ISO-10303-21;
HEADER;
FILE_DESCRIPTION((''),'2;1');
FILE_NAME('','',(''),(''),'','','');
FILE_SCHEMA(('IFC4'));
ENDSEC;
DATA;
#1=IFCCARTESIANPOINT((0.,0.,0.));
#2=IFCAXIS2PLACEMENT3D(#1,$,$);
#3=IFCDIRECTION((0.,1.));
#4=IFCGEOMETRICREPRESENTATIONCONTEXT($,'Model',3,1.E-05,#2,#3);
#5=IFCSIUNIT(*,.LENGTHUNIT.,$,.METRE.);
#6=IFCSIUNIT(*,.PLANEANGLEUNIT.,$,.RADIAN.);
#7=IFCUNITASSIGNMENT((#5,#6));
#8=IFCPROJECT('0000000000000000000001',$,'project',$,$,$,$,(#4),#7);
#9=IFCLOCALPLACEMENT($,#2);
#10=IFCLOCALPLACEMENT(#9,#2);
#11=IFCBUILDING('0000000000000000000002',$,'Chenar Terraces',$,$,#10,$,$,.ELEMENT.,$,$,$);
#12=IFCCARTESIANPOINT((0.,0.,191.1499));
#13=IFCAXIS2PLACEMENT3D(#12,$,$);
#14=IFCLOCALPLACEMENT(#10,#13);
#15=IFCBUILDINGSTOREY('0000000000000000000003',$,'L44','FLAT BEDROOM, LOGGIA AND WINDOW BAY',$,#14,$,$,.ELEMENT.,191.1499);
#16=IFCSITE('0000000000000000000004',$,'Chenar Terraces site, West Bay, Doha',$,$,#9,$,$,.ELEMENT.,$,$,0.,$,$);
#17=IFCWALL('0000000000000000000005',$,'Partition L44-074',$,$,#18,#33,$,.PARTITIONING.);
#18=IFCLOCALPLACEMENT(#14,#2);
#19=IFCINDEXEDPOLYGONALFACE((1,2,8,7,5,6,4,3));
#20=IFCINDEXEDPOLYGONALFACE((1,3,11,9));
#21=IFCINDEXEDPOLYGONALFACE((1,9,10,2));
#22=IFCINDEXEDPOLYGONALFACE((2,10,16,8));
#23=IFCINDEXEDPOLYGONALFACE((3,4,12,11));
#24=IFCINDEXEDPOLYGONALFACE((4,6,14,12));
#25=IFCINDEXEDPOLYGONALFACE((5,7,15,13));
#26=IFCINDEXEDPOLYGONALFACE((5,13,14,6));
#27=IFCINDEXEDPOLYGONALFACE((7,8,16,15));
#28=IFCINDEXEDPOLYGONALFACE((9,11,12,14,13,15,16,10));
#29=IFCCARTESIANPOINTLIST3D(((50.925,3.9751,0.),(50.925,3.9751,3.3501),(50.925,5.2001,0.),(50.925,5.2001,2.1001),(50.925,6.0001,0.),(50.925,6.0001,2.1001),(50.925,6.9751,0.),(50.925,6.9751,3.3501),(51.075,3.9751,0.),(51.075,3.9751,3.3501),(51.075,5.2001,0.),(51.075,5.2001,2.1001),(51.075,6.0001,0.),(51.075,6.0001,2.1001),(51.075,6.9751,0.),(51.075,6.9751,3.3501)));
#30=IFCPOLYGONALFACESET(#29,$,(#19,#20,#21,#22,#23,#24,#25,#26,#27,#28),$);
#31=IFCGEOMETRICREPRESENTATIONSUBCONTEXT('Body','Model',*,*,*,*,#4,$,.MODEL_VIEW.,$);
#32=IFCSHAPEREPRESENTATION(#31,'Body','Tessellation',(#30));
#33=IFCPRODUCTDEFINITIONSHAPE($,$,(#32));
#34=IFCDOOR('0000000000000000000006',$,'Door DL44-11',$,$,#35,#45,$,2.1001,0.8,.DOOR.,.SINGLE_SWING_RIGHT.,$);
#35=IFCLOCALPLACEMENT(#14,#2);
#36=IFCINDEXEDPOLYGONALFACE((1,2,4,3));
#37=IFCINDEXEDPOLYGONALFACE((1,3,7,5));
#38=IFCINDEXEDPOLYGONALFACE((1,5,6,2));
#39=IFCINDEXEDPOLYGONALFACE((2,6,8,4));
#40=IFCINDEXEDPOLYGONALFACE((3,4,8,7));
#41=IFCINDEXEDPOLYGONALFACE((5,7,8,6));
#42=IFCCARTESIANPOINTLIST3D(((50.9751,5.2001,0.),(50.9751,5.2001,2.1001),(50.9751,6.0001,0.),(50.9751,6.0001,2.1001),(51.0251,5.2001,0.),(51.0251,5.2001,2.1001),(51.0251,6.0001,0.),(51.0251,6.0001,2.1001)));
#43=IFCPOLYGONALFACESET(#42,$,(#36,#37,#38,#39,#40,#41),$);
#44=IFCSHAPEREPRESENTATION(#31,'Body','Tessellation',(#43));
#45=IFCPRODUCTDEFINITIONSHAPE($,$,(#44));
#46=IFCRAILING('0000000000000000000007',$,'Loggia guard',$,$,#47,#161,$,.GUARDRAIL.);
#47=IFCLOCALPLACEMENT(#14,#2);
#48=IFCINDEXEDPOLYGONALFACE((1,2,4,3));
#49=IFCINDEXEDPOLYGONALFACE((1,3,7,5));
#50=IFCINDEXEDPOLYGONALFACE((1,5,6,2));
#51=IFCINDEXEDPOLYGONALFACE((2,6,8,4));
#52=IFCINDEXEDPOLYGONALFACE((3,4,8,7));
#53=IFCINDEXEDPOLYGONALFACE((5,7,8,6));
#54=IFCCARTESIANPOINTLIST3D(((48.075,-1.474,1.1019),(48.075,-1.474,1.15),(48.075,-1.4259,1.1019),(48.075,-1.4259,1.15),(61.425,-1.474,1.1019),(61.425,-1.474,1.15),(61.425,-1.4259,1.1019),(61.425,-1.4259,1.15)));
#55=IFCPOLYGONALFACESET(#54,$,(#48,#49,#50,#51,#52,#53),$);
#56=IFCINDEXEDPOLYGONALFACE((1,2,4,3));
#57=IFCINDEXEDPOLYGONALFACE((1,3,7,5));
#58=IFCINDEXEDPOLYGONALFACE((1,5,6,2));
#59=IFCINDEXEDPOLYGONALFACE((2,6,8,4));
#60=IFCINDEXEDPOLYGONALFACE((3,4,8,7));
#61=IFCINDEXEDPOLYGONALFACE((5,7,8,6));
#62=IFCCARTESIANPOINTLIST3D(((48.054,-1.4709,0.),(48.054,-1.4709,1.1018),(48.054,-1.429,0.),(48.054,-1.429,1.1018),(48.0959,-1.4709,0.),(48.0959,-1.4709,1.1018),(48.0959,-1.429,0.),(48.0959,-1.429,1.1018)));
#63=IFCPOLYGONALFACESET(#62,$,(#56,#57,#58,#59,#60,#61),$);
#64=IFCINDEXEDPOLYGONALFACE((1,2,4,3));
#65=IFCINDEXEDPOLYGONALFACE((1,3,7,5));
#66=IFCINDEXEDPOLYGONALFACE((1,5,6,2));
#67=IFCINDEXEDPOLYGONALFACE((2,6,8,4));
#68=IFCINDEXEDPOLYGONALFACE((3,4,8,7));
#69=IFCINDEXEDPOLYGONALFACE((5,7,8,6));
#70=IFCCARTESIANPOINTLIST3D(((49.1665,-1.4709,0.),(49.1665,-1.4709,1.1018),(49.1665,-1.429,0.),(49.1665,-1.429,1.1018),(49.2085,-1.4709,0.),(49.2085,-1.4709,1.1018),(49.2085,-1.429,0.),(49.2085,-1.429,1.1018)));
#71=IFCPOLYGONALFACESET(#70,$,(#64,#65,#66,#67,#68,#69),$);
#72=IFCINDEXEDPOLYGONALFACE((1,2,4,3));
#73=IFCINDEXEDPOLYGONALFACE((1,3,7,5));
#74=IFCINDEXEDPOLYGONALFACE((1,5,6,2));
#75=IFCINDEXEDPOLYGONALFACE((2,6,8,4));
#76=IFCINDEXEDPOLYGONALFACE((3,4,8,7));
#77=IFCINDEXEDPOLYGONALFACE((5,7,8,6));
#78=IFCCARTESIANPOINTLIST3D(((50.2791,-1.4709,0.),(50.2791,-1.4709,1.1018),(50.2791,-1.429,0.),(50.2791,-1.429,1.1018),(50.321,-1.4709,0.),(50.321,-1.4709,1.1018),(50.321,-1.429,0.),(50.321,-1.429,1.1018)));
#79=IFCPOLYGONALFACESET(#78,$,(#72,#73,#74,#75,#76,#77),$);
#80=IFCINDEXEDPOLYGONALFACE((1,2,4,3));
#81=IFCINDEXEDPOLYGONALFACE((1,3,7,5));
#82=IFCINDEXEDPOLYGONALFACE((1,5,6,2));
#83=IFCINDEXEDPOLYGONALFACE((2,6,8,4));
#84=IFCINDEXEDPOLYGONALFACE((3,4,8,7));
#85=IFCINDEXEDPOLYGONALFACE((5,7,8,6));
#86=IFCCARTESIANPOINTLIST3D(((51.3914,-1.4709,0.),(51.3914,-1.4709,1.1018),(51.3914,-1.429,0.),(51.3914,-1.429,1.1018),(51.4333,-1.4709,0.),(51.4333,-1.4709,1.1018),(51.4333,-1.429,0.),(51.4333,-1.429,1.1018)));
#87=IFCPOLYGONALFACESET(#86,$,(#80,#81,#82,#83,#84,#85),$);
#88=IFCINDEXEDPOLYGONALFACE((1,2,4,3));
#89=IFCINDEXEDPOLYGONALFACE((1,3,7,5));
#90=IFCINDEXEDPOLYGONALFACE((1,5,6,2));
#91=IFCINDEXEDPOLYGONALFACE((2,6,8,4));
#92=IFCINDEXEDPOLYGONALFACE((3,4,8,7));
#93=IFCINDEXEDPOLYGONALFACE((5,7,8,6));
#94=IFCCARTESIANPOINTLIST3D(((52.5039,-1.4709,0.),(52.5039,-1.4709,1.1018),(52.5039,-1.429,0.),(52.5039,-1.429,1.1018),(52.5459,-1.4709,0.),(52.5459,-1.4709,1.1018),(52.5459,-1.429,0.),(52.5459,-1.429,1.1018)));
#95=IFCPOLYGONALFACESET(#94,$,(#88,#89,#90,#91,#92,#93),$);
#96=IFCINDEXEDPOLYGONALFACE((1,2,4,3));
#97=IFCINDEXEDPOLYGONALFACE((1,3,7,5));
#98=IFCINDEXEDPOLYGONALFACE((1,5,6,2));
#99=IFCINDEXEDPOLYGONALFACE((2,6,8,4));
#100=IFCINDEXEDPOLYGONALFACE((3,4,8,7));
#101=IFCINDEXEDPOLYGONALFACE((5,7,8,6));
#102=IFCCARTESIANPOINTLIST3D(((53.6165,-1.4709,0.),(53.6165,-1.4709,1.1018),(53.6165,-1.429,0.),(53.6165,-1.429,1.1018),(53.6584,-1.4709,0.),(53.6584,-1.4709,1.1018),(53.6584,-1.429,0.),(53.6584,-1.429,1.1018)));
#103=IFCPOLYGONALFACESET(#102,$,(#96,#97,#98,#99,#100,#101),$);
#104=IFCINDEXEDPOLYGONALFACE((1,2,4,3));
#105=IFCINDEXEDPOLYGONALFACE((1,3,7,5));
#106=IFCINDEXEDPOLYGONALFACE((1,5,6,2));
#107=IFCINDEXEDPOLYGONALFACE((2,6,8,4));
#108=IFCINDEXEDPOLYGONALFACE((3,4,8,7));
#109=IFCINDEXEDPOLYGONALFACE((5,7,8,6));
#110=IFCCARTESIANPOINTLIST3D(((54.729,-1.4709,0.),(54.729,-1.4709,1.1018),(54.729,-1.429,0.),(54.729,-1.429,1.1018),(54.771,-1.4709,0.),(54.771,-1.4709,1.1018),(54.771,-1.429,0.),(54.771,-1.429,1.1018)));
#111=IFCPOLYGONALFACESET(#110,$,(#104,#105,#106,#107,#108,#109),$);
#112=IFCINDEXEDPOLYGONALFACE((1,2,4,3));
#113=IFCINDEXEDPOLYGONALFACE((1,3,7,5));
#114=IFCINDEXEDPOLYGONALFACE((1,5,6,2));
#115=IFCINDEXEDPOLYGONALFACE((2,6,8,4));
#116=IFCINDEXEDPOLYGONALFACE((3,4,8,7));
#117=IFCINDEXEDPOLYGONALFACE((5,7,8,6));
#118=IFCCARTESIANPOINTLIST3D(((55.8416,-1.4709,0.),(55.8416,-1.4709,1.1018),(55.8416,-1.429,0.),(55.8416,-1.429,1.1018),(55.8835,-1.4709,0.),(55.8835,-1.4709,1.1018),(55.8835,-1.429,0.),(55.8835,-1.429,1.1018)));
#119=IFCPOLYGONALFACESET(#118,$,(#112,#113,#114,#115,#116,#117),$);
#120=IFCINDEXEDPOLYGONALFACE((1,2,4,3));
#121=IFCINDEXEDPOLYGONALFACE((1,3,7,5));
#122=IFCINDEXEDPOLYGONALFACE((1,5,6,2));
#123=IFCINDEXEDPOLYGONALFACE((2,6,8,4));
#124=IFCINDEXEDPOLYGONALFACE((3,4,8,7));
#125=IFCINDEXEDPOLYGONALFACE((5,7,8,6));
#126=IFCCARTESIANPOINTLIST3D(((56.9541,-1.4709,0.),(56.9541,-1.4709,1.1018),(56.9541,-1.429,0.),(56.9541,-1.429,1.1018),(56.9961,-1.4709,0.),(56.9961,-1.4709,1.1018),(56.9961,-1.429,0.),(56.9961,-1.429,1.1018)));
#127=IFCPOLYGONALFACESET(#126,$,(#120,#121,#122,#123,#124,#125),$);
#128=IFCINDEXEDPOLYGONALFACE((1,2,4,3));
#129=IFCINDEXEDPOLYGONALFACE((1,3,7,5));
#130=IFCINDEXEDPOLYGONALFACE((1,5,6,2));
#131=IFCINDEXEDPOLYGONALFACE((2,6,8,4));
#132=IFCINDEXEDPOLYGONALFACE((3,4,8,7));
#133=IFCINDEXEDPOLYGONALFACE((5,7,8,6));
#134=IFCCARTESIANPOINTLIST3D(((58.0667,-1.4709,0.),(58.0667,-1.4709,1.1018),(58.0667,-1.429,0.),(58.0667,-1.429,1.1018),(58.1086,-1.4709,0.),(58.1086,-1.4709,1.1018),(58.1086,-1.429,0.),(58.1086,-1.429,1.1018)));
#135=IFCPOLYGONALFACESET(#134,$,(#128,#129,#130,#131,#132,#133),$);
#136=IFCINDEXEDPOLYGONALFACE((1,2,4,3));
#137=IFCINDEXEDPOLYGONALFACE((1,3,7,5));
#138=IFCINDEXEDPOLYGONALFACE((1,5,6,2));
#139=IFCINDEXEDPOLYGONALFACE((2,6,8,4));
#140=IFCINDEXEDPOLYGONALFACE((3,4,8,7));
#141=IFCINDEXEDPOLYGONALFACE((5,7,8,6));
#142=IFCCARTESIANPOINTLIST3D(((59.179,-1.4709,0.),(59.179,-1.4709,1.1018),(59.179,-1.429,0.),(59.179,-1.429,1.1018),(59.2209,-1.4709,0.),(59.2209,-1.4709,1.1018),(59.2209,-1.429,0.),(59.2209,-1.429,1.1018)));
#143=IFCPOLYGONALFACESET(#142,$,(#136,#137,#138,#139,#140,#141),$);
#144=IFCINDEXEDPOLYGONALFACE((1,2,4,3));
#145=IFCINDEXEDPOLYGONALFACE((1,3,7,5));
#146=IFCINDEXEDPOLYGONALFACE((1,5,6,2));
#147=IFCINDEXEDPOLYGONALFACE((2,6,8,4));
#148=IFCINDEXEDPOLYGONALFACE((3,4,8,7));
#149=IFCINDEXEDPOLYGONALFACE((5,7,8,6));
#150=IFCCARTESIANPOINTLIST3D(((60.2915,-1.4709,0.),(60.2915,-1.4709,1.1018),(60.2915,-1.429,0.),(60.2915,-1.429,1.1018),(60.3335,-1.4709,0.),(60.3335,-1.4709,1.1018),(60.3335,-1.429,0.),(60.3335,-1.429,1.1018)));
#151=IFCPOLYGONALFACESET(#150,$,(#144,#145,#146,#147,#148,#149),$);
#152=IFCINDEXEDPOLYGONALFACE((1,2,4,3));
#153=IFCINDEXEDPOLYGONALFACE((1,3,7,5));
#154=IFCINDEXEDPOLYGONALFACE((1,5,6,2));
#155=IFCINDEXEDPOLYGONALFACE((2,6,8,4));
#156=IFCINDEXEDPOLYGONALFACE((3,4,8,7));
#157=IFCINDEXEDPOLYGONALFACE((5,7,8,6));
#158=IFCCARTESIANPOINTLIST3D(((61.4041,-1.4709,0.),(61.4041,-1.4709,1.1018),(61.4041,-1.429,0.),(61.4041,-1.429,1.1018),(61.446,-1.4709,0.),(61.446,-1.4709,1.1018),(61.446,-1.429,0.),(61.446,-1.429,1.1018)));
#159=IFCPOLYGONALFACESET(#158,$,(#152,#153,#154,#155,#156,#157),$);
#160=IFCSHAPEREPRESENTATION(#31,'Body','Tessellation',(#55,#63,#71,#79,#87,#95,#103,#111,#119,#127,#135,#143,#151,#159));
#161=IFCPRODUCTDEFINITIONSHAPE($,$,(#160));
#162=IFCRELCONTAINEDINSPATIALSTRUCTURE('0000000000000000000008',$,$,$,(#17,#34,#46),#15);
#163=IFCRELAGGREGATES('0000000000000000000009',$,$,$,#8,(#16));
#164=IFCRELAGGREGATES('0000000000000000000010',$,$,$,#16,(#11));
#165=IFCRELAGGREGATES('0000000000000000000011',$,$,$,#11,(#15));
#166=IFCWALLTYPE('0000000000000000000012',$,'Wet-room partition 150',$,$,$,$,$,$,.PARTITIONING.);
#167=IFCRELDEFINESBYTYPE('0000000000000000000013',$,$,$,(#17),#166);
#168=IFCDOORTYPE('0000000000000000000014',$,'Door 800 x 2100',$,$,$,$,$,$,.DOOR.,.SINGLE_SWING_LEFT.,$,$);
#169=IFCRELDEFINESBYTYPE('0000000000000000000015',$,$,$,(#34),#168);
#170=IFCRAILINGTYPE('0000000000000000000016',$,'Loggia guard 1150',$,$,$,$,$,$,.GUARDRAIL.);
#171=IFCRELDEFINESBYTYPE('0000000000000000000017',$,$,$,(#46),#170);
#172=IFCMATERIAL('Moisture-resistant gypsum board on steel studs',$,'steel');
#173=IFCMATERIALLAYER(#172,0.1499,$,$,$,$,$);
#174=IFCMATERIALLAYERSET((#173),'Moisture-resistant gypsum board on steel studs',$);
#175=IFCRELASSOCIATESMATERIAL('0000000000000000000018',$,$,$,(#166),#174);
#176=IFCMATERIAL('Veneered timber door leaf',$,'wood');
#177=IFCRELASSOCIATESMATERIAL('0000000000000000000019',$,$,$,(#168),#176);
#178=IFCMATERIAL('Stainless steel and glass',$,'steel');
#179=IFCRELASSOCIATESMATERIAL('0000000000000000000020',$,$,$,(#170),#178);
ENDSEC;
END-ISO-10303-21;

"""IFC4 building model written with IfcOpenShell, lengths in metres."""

from ifc_helpers import new_model, si_unit, direction, frame, frame_2d, origin, origin_2d, place, context, subcontext, project, spatial, rectangle, extrude, material, layer, layer_set, type_object, element, fill, save


model = new_model("IFC4")

# Units and contexts
model_context = context("Model", 3, precision=1e-05, world=origin(), true_north=direction((0.0, 1.0)))
body_context = subcontext(model_context, "Body", "Model", "MODEL_VIEW")
ifc_project = project(units=[si_unit("LENGTHUNIT", "METRE"), si_unit("PLANEANGLEUNIT", "RADIAN")], contexts=[model_context])

# Site, building, storey
site_placement = place(None, origin())
site = spatial("IfcSite", under=ifc_project, at=site_placement, Name="Chenar Terraces site, West Bay, Doha", CompositionType="ELEMENT", RefElevation=0.0)
building_placement = place(site_placement, origin())
building = spatial("IfcBuilding", under=site, at=building_placement, Name="Chenar Terraces", CompositionType="ELEMENT")
storey_placement = place(building_placement, frame((0.0, 0.0, 191.1499)))
storey = spatial("IfcBuildingStorey", under=building, at=storey_placement, Name="L44", Description="FLAT BEDROOM, LOGGIA AND WINDOW BAY", CompositionType="ELEMENT", Elevation=191.1499)

# Shared definitions
ifc_material_1 = material(Name="Moisture-resistant gypsum board on steel studs", Category="steel")
ifc_layer_1 = layer(ifc_material_1, 0.1499)
ifc_layer_set_1 = layer_set([ifc_layer_1], Name="Moisture-resistant gypsum board on steel studs")
wall_type_1 = type_object("IfcWallType", Name="Wet-room partition 150", PredefinedType="PARTITIONING", material=ifc_layer_set_1)

# Wall, opening, door
wall_1_placement = place(storey_placement, frame((51.0, 3.9751, 0.0), z_axis=(0.0, 0.0, 1.0), x_axis=(0.0, 1.0, 0.0)))
wall_1 = element("IfcWall", 1, at=wall_1_placement, inside=storey, type_object=wall_type_1, Name="Partition L44-074", PredefinedType="PARTITIONING", context=body_context, shape_type="SweptSolid", body=[
    extrude(rectangle(XDim=3.0, YDim=0.1499, at=frame_2d((1.5, 0.0))), origin(), (0.0, 0.0, 1.0), 3.3501),
])
opening_1_placement = place(wall_1_placement, frame((1.2251, 0.0, 0.0)))
opening_1 = element("IfcOpeningElement", 2, at=opening_1_placement, cuts=wall_1, PredefinedType="OPENING", context=body_context, shape_type="SweptSolid", body=[
    extrude(rectangle(XDim=0.8, YDim=2.1001, at=frame_2d((0.3999, 1.05))), frame((0.0, 0.085, 0.0), z_axis=(0.0, -1.0, 0.0), x_axis=(1.0, 0.0, 0.0)), (0.0, 0.0, 1.0), 0.1699),
])
ifc_material_2 = material(Name="Veneered timber door leaf", Category="wood")
door_type_1 = type_object("IfcDoorType", Name="Door 800 x 2100", OperationType="SINGLE_SWING_LEFT", PredefinedType="DOOR", material=ifc_material_2)
door_1_placement = place(opening_1_placement, origin())
door_1 = element("IfcDoor", 3, at=door_1_placement, inside=storey, type_object=door_type_1, Name="Door DL44-11", OperationType="SINGLE_SWING_RIGHT", OverallHeight=2.1001, OverallWidth=0.8, PredefinedType="DOOR", context=body_context, shape_type="SweptSolid", body=[
    extrude(rectangle(XDim=0.8, YDim=2.1001, at=frame_2d((0.3999, 1.05))), frame((0.0, 0.0249, 0.0), z_axis=(0.0, -1.0, 0.0), x_axis=(1.0, 0.0, 0.0)), (0.0, 0.0, 1.0), 0.05),
])
fill(opening_1, door_1)

# Railing
ifc_material_3 = material(Name="Stainless steel and glass", Category="steel")
railing_type = type_object("IfcRailingType", Name="Loggia guard 1150", PredefinedType="GUARDRAIL", material=ifc_material_3)
railing_placement = place(storey_placement, frame((48.075, -1.45, 0.0)))
element("IfcRailing", 4, at=railing_placement, inside=storey, type_object=railing_type, Name="Loggia guard", PredefinedType="GUARDRAIL", context=body_context, shape_type="SweptSolid", body=[
    extrude(rectangle(XDim=0.0481, YDim=0.0481, at=origin_2d()), frame((0.0, 0.0, 1.126), z_axis=(1.0, 0.0, 0.0), x_axis=(0.0, 1.0, 0.0)), (0.0, 0.0, 1.0), 13.3501),
    extrude(rectangle(XDim=0.042, YDim=0.042, at=origin_2d()), origin(), (0.0, 0.0, 1.0), 1.1018),
    extrude(rectangle(XDim=0.042, YDim=0.042, at=origin_2d()), frame((1.1125, 0.0, 0.0)), (0.0, 0.0, 1.0), 1.1018),
    extrude(rectangle(XDim=0.042, YDim=0.042, at=origin_2d()), frame((2.2251, 0.0, 0.0)), (0.0, 0.0, 1.0), 1.1018),
    extrude(rectangle(XDim=0.042, YDim=0.042, at=origin_2d()), frame((3.3374, 0.0, 0.0)), (0.0, 0.0, 1.0), 1.1018),
    extrude(rectangle(XDim=0.042, YDim=0.042, at=origin_2d()), frame((4.45, 0.0, 0.0)), (0.0, 0.0, 1.0), 1.1018),
    extrude(rectangle(XDim=0.042, YDim=0.042, at=origin_2d()), frame((5.5625, 0.0, 0.0)), (0.0, 0.0, 1.0), 1.1018),
    extrude(rectangle(XDim=0.042, YDim=0.042, at=origin_2d()), frame((6.675, 0.0, 0.0)), (0.0, 0.0, 1.0), 1.1018),
    extrude(rectangle(XDim=0.042, YDim=0.042, at=origin_2d()), frame((7.7876, 0.0, 0.0)), (0.0, 0.0, 1.0), 1.1018),
    extrude(rectangle(XDim=0.042, YDim=0.042, at=origin_2d()), frame((8.9001, 0.0, 0.0)), (0.0, 0.0, 1.0), 1.1018),
    extrude(rectangle(XDim=0.042, YDim=0.042, at=origin_2d()), frame((10.0127, 0.0, 0.0)), (0.0, 0.0, 1.0), 1.1018),
    extrude(rectangle(XDim=0.042, YDim=0.042, at=origin_2d()), frame((11.125, 0.0, 0.0)), (0.0, 0.0, 1.0), 1.1018),
    extrude(rectangle(XDim=0.042, YDim=0.042, at=origin_2d()), frame((12.2375, 0.0, 0.0)), (0.0, 0.0, 1.0), 1.1018),
    extrude(rectangle(XDim=0.042, YDim=0.042, at=origin_2d()), frame((13.3501, 0.0, 0.0)), (0.0, 0.0, 1.0), 1.1018),
])

save(model, "model.ifc")
